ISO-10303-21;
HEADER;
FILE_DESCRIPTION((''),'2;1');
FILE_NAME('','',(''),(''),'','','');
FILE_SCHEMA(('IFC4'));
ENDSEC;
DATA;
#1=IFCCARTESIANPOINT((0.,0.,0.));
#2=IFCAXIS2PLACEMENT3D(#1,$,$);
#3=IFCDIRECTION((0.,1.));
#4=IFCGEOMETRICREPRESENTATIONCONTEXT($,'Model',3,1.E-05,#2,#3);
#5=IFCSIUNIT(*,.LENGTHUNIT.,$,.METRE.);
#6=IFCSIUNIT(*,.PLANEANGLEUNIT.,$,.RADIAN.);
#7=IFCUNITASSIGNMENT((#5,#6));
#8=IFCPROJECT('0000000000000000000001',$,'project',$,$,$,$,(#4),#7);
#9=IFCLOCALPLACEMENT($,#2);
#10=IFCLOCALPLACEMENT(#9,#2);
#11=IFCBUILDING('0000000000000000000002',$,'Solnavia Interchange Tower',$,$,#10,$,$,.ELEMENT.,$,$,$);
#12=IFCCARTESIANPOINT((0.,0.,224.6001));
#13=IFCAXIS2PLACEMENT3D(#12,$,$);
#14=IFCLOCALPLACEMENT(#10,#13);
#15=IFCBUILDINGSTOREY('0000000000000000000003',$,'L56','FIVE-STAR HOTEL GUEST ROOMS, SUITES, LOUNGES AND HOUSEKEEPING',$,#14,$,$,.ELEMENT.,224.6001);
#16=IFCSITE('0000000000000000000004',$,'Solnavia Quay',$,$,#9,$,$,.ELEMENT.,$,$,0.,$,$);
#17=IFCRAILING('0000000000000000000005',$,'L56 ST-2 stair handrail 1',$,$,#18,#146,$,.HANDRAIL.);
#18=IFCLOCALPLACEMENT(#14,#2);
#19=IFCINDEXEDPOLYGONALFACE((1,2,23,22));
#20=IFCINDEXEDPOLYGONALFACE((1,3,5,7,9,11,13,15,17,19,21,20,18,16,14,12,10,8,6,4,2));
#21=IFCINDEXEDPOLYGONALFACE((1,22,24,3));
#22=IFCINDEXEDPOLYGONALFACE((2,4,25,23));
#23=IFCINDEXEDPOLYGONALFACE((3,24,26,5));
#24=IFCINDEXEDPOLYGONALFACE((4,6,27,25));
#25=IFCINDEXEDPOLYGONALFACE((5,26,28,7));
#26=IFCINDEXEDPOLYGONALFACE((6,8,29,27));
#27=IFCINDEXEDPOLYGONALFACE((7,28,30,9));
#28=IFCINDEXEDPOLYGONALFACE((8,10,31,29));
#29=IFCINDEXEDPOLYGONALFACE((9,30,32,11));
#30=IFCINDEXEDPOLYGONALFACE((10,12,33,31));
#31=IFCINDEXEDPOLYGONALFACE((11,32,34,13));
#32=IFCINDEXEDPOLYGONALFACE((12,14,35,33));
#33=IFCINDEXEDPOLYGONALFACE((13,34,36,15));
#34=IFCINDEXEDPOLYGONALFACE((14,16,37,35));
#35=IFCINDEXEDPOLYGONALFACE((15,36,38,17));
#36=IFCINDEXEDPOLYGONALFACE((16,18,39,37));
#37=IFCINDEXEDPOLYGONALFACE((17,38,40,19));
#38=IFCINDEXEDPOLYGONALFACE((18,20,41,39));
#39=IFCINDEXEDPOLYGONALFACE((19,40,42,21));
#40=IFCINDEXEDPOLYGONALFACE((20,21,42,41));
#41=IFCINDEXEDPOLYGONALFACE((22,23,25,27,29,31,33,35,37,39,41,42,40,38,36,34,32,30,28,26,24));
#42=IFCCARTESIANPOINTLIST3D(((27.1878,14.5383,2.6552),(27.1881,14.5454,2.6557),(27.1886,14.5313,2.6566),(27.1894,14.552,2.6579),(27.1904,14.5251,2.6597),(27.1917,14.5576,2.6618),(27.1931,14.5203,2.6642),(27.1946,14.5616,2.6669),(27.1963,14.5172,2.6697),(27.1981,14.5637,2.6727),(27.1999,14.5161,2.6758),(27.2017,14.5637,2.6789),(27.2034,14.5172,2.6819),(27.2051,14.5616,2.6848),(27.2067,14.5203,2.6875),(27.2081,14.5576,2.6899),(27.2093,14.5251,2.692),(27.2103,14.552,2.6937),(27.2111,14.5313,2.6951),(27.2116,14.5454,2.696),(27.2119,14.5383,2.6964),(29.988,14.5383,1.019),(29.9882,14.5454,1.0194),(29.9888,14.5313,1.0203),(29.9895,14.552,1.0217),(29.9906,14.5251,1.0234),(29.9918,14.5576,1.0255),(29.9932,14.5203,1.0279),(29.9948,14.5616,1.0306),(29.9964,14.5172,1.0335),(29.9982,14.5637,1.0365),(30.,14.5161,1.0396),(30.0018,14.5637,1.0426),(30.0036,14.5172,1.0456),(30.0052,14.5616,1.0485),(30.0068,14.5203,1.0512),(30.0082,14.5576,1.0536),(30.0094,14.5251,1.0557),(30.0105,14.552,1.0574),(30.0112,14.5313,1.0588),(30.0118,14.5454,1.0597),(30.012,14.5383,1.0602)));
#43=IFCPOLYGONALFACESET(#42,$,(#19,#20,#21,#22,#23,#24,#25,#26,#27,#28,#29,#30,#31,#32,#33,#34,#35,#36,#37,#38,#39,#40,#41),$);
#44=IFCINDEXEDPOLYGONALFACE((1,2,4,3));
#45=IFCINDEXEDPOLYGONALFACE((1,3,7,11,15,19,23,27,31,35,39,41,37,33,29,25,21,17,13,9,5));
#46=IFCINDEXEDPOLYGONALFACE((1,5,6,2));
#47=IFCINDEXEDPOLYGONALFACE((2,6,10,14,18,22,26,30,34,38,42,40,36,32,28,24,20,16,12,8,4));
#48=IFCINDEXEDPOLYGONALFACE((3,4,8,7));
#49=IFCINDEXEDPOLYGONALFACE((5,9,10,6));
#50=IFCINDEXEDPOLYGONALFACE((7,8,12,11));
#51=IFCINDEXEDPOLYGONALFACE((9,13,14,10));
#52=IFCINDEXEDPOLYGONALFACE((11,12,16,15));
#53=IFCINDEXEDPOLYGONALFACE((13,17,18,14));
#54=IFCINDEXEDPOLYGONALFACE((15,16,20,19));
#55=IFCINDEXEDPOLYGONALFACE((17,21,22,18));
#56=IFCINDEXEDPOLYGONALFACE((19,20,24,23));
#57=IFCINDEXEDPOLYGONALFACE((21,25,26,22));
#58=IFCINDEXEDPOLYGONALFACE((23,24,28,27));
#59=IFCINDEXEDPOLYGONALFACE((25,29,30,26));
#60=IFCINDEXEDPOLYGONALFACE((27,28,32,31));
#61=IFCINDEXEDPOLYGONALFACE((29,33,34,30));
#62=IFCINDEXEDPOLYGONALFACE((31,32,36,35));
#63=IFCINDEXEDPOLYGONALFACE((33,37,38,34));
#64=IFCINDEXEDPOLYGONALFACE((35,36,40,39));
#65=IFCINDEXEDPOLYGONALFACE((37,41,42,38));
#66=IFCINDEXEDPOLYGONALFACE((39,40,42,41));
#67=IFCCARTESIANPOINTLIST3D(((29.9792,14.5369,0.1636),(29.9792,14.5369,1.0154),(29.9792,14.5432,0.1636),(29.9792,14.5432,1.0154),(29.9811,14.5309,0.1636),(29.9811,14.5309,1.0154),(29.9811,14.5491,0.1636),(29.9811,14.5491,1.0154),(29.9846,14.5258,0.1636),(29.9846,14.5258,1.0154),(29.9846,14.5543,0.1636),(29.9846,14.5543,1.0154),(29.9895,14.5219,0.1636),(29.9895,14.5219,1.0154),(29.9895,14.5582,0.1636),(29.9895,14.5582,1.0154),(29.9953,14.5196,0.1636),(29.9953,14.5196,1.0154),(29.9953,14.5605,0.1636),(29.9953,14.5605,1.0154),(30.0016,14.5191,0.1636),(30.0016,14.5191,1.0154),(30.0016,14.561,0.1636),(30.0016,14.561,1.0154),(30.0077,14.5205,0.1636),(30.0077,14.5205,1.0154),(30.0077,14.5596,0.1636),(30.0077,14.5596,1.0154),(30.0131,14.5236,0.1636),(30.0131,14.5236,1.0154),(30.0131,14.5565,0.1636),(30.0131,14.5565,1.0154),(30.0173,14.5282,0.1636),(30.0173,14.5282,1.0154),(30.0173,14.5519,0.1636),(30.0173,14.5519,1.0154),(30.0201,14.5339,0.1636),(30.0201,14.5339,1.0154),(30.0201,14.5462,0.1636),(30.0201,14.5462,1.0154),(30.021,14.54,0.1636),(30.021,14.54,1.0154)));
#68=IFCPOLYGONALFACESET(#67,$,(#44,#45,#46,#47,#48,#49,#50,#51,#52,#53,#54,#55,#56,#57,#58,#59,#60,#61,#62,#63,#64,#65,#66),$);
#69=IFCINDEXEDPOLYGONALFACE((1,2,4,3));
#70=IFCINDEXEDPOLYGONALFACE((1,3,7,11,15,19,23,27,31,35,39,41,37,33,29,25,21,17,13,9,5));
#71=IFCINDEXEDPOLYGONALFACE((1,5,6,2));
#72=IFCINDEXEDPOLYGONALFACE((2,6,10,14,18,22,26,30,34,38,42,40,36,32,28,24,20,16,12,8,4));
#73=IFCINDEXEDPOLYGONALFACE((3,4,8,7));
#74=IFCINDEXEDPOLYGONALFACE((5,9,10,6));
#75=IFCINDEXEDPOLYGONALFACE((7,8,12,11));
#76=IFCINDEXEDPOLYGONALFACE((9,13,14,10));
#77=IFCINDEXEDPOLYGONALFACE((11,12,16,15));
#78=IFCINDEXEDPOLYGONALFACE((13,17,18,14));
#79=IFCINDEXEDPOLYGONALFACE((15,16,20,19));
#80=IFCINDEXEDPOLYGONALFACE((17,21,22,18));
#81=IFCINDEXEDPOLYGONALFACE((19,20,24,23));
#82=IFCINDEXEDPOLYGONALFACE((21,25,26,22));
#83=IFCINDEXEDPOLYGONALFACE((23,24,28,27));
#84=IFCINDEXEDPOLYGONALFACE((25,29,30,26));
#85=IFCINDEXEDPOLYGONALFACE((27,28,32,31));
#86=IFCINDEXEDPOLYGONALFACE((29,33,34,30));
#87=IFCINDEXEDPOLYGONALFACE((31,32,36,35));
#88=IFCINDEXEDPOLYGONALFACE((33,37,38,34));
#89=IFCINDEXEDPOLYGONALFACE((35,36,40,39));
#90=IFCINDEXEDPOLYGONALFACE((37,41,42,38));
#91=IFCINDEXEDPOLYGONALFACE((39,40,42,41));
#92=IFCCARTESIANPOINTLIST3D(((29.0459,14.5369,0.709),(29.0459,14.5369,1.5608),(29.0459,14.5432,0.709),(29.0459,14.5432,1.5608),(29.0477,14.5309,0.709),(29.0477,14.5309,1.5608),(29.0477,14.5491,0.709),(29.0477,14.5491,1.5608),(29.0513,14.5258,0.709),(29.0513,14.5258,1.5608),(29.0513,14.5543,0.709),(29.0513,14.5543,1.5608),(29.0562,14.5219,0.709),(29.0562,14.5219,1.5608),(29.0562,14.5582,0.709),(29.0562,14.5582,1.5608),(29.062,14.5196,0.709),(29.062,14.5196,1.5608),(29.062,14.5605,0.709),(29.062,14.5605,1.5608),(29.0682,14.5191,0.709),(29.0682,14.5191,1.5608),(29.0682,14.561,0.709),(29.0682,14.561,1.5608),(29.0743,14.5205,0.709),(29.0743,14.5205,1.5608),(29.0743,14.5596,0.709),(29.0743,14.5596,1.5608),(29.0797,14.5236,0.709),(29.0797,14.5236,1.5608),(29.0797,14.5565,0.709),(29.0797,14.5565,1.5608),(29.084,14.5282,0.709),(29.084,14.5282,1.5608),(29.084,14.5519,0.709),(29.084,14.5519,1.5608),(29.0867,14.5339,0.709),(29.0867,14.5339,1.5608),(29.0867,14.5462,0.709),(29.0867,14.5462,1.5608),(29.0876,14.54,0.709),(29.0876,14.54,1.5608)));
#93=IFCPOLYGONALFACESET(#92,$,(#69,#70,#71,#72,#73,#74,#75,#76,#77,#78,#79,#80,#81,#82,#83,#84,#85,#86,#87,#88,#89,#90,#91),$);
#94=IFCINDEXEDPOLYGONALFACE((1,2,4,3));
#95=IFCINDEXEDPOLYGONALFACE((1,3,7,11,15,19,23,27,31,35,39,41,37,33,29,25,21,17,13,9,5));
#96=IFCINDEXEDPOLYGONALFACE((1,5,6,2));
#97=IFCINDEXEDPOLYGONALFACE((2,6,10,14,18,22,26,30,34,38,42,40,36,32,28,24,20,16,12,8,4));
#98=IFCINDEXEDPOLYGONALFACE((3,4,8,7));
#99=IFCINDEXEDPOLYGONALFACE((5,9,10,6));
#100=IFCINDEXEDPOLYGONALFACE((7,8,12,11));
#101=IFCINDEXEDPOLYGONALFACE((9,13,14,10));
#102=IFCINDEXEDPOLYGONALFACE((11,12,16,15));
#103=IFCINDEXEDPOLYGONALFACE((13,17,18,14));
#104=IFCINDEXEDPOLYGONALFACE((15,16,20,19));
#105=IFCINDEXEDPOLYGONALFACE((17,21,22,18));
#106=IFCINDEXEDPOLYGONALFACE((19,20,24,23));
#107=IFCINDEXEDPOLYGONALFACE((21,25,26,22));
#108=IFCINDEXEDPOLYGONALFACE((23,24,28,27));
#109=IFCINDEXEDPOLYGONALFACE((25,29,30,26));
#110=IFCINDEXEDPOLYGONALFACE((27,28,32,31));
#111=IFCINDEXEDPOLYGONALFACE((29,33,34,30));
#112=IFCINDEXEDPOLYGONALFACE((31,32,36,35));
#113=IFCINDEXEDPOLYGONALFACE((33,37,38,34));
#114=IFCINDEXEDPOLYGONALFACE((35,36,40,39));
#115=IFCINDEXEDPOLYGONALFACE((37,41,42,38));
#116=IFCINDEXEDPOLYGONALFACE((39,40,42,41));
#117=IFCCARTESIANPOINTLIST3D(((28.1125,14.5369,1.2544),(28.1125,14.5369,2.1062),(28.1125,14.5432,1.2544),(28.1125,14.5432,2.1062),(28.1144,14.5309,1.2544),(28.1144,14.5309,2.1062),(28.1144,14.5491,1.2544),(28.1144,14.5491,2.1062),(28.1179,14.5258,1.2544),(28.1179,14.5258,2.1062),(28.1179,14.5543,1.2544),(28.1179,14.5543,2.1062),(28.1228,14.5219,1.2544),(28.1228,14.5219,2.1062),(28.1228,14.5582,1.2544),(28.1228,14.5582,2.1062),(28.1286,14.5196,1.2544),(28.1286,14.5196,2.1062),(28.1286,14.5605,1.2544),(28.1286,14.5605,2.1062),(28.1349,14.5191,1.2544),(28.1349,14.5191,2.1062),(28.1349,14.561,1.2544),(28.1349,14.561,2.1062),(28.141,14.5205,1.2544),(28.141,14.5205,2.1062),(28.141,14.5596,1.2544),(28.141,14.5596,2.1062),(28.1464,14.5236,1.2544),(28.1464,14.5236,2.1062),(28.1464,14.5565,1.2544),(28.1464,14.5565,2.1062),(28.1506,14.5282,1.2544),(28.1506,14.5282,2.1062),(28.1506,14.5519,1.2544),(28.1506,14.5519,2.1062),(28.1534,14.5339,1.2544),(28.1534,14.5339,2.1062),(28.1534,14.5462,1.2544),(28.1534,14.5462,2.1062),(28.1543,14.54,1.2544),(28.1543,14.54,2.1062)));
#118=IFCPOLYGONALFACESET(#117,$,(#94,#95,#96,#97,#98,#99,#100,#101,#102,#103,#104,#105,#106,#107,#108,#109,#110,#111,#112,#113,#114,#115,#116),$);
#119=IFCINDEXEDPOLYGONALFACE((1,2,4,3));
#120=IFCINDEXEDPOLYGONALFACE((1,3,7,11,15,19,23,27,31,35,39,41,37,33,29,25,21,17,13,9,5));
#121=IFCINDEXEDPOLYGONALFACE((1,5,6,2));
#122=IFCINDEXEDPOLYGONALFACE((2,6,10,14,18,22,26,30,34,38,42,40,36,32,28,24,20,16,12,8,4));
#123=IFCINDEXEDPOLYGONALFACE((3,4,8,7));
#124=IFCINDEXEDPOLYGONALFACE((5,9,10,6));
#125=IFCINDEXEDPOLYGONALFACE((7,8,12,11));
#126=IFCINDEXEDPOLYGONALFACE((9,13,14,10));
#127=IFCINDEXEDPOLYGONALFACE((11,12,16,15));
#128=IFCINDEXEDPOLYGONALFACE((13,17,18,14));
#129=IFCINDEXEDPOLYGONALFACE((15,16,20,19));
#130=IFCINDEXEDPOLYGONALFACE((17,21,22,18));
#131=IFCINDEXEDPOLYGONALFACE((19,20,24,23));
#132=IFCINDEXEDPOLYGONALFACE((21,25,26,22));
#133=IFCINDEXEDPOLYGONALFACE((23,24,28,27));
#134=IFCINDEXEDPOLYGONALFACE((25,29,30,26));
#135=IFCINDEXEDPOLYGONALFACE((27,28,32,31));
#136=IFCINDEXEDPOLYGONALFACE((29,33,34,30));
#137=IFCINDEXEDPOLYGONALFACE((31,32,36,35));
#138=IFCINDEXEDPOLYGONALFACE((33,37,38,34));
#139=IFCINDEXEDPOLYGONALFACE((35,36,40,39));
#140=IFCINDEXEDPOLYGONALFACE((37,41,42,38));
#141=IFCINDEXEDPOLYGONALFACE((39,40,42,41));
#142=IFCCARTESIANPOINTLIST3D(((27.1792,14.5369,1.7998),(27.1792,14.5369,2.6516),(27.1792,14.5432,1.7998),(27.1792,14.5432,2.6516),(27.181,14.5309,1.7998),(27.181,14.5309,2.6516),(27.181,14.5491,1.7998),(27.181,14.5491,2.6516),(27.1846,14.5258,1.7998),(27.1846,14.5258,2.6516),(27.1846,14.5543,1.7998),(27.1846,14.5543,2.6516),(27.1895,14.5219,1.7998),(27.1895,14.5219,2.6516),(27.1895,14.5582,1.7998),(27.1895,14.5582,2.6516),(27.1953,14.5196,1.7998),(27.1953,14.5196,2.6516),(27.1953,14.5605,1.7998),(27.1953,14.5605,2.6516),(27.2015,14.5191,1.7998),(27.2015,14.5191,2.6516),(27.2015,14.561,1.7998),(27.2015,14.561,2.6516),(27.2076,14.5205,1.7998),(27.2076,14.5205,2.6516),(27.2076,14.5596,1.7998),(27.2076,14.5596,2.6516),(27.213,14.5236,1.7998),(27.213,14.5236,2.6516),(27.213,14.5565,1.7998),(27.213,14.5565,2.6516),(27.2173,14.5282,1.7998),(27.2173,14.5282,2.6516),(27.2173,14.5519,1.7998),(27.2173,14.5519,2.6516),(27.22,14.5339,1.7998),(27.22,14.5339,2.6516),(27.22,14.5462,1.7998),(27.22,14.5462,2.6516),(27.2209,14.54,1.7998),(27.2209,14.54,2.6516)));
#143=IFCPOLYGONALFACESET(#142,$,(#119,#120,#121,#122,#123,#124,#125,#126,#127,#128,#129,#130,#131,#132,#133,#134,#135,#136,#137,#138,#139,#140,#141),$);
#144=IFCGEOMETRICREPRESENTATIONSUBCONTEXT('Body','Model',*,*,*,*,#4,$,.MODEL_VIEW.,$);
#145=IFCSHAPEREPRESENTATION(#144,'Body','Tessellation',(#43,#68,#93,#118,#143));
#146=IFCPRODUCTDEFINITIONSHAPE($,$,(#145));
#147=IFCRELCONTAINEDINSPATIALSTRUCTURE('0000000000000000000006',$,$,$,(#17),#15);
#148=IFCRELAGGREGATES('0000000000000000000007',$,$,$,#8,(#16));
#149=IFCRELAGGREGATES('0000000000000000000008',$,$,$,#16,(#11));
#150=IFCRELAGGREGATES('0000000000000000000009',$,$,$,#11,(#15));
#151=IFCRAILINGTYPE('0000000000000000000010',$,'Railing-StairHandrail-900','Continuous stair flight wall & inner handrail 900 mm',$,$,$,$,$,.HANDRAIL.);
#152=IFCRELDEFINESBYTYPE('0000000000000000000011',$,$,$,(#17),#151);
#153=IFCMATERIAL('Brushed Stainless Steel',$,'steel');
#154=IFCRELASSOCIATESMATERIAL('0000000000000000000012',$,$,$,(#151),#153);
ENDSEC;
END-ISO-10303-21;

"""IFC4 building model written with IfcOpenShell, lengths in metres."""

from ifc_helpers import new_model, si_unit, direction, frame, origin, origin_2d, place, context, subcontext, project, spatial, circle, extrude, material, type_object, element, save


model = new_model("IFC4")

# Units and contexts
model_context = context("Model", 3, precision=1e-05, world=origin(), true_north=direction((0.0, 1.0)))
body_context = subcontext(model_context, "Body", "Model", "MODEL_VIEW")
ifc_project = project(units=[si_unit("LENGTHUNIT", "METRE"), si_unit("PLANEANGLEUNIT", "RADIAN")], contexts=[model_context])

# Site, building, storey
site_placement = place(None, origin())
site = spatial("IfcSite", under=ifc_project, at=site_placement, Name="Solnavia Quay", CompositionType="ELEMENT", RefElevation=0.0)
building_placement = place(site_placement, origin())
building = spatial("IfcBuilding", under=site, at=building_placement, Name="Solnavia Interchange Tower", CompositionType="ELEMENT")
storey_placement = place(building_placement, frame((0.0, 0.0, 224.6001)))
storey = spatial("IfcBuildingStorey", under=building, at=storey_placement, Name="L56", Description="FIVE-STAR HOTEL GUEST ROOMS, SUITES, LOUNGES AND HOUSEKEEPING", CompositionType="ELEMENT", Elevation=224.6001)

# Railing
ifc_material_1 = material(Name="Brushed Stainless Steel", Category="steel")
railing_type_1 = type_object("IfcRailingType", Name="Railing-StairHandrail-900", Description="Continuous stair flight wall & inner handrail 900 mm", PredefinedType="HANDRAIL", material=ifc_material_1)
railing_1_placement = place(storey_placement, frame((30.0, 14.54, 0.1636)))
element("IfcRailing", 1, at=railing_1_placement, inside=storey, type_object=railing_type_1, Name="L56 ST-2 stair handrail 1", PredefinedType="HANDRAIL", context=body_context, shape_type="SweptSolid", body=[
    extrude(circle(Radius=0.0239, at=origin_2d()), frame((0.0, 0.0, 0.876), z_axis=(-0.863394, 0.0, 0.504531), x_axis=(0.0, -1.0, 0.0)), (0.0, 0.0, 1.0), 3.2432),
    extrude(circle(Radius=0.021, at=origin_2d()), origin(), (0.0, 0.0, 1.0), 0.8518),
    extrude(circle(Radius=0.021, at=origin_2d()), frame((-0.9333, 0.0, 0.5454)), (0.0, 0.0, 1.0), 0.8518),
    extrude(circle(Radius=0.021, at=origin_2d()), frame((-1.8667, 0.0, 1.0908)), (0.0, 0.0, 1.0), 0.8518),
    extrude(circle(Radius=0.021, at=origin_2d()), frame((-2.8, 0.0, 1.6362)), (0.0, 0.0, 1.0), 0.8518),
])

save(model, "model.ifc")
